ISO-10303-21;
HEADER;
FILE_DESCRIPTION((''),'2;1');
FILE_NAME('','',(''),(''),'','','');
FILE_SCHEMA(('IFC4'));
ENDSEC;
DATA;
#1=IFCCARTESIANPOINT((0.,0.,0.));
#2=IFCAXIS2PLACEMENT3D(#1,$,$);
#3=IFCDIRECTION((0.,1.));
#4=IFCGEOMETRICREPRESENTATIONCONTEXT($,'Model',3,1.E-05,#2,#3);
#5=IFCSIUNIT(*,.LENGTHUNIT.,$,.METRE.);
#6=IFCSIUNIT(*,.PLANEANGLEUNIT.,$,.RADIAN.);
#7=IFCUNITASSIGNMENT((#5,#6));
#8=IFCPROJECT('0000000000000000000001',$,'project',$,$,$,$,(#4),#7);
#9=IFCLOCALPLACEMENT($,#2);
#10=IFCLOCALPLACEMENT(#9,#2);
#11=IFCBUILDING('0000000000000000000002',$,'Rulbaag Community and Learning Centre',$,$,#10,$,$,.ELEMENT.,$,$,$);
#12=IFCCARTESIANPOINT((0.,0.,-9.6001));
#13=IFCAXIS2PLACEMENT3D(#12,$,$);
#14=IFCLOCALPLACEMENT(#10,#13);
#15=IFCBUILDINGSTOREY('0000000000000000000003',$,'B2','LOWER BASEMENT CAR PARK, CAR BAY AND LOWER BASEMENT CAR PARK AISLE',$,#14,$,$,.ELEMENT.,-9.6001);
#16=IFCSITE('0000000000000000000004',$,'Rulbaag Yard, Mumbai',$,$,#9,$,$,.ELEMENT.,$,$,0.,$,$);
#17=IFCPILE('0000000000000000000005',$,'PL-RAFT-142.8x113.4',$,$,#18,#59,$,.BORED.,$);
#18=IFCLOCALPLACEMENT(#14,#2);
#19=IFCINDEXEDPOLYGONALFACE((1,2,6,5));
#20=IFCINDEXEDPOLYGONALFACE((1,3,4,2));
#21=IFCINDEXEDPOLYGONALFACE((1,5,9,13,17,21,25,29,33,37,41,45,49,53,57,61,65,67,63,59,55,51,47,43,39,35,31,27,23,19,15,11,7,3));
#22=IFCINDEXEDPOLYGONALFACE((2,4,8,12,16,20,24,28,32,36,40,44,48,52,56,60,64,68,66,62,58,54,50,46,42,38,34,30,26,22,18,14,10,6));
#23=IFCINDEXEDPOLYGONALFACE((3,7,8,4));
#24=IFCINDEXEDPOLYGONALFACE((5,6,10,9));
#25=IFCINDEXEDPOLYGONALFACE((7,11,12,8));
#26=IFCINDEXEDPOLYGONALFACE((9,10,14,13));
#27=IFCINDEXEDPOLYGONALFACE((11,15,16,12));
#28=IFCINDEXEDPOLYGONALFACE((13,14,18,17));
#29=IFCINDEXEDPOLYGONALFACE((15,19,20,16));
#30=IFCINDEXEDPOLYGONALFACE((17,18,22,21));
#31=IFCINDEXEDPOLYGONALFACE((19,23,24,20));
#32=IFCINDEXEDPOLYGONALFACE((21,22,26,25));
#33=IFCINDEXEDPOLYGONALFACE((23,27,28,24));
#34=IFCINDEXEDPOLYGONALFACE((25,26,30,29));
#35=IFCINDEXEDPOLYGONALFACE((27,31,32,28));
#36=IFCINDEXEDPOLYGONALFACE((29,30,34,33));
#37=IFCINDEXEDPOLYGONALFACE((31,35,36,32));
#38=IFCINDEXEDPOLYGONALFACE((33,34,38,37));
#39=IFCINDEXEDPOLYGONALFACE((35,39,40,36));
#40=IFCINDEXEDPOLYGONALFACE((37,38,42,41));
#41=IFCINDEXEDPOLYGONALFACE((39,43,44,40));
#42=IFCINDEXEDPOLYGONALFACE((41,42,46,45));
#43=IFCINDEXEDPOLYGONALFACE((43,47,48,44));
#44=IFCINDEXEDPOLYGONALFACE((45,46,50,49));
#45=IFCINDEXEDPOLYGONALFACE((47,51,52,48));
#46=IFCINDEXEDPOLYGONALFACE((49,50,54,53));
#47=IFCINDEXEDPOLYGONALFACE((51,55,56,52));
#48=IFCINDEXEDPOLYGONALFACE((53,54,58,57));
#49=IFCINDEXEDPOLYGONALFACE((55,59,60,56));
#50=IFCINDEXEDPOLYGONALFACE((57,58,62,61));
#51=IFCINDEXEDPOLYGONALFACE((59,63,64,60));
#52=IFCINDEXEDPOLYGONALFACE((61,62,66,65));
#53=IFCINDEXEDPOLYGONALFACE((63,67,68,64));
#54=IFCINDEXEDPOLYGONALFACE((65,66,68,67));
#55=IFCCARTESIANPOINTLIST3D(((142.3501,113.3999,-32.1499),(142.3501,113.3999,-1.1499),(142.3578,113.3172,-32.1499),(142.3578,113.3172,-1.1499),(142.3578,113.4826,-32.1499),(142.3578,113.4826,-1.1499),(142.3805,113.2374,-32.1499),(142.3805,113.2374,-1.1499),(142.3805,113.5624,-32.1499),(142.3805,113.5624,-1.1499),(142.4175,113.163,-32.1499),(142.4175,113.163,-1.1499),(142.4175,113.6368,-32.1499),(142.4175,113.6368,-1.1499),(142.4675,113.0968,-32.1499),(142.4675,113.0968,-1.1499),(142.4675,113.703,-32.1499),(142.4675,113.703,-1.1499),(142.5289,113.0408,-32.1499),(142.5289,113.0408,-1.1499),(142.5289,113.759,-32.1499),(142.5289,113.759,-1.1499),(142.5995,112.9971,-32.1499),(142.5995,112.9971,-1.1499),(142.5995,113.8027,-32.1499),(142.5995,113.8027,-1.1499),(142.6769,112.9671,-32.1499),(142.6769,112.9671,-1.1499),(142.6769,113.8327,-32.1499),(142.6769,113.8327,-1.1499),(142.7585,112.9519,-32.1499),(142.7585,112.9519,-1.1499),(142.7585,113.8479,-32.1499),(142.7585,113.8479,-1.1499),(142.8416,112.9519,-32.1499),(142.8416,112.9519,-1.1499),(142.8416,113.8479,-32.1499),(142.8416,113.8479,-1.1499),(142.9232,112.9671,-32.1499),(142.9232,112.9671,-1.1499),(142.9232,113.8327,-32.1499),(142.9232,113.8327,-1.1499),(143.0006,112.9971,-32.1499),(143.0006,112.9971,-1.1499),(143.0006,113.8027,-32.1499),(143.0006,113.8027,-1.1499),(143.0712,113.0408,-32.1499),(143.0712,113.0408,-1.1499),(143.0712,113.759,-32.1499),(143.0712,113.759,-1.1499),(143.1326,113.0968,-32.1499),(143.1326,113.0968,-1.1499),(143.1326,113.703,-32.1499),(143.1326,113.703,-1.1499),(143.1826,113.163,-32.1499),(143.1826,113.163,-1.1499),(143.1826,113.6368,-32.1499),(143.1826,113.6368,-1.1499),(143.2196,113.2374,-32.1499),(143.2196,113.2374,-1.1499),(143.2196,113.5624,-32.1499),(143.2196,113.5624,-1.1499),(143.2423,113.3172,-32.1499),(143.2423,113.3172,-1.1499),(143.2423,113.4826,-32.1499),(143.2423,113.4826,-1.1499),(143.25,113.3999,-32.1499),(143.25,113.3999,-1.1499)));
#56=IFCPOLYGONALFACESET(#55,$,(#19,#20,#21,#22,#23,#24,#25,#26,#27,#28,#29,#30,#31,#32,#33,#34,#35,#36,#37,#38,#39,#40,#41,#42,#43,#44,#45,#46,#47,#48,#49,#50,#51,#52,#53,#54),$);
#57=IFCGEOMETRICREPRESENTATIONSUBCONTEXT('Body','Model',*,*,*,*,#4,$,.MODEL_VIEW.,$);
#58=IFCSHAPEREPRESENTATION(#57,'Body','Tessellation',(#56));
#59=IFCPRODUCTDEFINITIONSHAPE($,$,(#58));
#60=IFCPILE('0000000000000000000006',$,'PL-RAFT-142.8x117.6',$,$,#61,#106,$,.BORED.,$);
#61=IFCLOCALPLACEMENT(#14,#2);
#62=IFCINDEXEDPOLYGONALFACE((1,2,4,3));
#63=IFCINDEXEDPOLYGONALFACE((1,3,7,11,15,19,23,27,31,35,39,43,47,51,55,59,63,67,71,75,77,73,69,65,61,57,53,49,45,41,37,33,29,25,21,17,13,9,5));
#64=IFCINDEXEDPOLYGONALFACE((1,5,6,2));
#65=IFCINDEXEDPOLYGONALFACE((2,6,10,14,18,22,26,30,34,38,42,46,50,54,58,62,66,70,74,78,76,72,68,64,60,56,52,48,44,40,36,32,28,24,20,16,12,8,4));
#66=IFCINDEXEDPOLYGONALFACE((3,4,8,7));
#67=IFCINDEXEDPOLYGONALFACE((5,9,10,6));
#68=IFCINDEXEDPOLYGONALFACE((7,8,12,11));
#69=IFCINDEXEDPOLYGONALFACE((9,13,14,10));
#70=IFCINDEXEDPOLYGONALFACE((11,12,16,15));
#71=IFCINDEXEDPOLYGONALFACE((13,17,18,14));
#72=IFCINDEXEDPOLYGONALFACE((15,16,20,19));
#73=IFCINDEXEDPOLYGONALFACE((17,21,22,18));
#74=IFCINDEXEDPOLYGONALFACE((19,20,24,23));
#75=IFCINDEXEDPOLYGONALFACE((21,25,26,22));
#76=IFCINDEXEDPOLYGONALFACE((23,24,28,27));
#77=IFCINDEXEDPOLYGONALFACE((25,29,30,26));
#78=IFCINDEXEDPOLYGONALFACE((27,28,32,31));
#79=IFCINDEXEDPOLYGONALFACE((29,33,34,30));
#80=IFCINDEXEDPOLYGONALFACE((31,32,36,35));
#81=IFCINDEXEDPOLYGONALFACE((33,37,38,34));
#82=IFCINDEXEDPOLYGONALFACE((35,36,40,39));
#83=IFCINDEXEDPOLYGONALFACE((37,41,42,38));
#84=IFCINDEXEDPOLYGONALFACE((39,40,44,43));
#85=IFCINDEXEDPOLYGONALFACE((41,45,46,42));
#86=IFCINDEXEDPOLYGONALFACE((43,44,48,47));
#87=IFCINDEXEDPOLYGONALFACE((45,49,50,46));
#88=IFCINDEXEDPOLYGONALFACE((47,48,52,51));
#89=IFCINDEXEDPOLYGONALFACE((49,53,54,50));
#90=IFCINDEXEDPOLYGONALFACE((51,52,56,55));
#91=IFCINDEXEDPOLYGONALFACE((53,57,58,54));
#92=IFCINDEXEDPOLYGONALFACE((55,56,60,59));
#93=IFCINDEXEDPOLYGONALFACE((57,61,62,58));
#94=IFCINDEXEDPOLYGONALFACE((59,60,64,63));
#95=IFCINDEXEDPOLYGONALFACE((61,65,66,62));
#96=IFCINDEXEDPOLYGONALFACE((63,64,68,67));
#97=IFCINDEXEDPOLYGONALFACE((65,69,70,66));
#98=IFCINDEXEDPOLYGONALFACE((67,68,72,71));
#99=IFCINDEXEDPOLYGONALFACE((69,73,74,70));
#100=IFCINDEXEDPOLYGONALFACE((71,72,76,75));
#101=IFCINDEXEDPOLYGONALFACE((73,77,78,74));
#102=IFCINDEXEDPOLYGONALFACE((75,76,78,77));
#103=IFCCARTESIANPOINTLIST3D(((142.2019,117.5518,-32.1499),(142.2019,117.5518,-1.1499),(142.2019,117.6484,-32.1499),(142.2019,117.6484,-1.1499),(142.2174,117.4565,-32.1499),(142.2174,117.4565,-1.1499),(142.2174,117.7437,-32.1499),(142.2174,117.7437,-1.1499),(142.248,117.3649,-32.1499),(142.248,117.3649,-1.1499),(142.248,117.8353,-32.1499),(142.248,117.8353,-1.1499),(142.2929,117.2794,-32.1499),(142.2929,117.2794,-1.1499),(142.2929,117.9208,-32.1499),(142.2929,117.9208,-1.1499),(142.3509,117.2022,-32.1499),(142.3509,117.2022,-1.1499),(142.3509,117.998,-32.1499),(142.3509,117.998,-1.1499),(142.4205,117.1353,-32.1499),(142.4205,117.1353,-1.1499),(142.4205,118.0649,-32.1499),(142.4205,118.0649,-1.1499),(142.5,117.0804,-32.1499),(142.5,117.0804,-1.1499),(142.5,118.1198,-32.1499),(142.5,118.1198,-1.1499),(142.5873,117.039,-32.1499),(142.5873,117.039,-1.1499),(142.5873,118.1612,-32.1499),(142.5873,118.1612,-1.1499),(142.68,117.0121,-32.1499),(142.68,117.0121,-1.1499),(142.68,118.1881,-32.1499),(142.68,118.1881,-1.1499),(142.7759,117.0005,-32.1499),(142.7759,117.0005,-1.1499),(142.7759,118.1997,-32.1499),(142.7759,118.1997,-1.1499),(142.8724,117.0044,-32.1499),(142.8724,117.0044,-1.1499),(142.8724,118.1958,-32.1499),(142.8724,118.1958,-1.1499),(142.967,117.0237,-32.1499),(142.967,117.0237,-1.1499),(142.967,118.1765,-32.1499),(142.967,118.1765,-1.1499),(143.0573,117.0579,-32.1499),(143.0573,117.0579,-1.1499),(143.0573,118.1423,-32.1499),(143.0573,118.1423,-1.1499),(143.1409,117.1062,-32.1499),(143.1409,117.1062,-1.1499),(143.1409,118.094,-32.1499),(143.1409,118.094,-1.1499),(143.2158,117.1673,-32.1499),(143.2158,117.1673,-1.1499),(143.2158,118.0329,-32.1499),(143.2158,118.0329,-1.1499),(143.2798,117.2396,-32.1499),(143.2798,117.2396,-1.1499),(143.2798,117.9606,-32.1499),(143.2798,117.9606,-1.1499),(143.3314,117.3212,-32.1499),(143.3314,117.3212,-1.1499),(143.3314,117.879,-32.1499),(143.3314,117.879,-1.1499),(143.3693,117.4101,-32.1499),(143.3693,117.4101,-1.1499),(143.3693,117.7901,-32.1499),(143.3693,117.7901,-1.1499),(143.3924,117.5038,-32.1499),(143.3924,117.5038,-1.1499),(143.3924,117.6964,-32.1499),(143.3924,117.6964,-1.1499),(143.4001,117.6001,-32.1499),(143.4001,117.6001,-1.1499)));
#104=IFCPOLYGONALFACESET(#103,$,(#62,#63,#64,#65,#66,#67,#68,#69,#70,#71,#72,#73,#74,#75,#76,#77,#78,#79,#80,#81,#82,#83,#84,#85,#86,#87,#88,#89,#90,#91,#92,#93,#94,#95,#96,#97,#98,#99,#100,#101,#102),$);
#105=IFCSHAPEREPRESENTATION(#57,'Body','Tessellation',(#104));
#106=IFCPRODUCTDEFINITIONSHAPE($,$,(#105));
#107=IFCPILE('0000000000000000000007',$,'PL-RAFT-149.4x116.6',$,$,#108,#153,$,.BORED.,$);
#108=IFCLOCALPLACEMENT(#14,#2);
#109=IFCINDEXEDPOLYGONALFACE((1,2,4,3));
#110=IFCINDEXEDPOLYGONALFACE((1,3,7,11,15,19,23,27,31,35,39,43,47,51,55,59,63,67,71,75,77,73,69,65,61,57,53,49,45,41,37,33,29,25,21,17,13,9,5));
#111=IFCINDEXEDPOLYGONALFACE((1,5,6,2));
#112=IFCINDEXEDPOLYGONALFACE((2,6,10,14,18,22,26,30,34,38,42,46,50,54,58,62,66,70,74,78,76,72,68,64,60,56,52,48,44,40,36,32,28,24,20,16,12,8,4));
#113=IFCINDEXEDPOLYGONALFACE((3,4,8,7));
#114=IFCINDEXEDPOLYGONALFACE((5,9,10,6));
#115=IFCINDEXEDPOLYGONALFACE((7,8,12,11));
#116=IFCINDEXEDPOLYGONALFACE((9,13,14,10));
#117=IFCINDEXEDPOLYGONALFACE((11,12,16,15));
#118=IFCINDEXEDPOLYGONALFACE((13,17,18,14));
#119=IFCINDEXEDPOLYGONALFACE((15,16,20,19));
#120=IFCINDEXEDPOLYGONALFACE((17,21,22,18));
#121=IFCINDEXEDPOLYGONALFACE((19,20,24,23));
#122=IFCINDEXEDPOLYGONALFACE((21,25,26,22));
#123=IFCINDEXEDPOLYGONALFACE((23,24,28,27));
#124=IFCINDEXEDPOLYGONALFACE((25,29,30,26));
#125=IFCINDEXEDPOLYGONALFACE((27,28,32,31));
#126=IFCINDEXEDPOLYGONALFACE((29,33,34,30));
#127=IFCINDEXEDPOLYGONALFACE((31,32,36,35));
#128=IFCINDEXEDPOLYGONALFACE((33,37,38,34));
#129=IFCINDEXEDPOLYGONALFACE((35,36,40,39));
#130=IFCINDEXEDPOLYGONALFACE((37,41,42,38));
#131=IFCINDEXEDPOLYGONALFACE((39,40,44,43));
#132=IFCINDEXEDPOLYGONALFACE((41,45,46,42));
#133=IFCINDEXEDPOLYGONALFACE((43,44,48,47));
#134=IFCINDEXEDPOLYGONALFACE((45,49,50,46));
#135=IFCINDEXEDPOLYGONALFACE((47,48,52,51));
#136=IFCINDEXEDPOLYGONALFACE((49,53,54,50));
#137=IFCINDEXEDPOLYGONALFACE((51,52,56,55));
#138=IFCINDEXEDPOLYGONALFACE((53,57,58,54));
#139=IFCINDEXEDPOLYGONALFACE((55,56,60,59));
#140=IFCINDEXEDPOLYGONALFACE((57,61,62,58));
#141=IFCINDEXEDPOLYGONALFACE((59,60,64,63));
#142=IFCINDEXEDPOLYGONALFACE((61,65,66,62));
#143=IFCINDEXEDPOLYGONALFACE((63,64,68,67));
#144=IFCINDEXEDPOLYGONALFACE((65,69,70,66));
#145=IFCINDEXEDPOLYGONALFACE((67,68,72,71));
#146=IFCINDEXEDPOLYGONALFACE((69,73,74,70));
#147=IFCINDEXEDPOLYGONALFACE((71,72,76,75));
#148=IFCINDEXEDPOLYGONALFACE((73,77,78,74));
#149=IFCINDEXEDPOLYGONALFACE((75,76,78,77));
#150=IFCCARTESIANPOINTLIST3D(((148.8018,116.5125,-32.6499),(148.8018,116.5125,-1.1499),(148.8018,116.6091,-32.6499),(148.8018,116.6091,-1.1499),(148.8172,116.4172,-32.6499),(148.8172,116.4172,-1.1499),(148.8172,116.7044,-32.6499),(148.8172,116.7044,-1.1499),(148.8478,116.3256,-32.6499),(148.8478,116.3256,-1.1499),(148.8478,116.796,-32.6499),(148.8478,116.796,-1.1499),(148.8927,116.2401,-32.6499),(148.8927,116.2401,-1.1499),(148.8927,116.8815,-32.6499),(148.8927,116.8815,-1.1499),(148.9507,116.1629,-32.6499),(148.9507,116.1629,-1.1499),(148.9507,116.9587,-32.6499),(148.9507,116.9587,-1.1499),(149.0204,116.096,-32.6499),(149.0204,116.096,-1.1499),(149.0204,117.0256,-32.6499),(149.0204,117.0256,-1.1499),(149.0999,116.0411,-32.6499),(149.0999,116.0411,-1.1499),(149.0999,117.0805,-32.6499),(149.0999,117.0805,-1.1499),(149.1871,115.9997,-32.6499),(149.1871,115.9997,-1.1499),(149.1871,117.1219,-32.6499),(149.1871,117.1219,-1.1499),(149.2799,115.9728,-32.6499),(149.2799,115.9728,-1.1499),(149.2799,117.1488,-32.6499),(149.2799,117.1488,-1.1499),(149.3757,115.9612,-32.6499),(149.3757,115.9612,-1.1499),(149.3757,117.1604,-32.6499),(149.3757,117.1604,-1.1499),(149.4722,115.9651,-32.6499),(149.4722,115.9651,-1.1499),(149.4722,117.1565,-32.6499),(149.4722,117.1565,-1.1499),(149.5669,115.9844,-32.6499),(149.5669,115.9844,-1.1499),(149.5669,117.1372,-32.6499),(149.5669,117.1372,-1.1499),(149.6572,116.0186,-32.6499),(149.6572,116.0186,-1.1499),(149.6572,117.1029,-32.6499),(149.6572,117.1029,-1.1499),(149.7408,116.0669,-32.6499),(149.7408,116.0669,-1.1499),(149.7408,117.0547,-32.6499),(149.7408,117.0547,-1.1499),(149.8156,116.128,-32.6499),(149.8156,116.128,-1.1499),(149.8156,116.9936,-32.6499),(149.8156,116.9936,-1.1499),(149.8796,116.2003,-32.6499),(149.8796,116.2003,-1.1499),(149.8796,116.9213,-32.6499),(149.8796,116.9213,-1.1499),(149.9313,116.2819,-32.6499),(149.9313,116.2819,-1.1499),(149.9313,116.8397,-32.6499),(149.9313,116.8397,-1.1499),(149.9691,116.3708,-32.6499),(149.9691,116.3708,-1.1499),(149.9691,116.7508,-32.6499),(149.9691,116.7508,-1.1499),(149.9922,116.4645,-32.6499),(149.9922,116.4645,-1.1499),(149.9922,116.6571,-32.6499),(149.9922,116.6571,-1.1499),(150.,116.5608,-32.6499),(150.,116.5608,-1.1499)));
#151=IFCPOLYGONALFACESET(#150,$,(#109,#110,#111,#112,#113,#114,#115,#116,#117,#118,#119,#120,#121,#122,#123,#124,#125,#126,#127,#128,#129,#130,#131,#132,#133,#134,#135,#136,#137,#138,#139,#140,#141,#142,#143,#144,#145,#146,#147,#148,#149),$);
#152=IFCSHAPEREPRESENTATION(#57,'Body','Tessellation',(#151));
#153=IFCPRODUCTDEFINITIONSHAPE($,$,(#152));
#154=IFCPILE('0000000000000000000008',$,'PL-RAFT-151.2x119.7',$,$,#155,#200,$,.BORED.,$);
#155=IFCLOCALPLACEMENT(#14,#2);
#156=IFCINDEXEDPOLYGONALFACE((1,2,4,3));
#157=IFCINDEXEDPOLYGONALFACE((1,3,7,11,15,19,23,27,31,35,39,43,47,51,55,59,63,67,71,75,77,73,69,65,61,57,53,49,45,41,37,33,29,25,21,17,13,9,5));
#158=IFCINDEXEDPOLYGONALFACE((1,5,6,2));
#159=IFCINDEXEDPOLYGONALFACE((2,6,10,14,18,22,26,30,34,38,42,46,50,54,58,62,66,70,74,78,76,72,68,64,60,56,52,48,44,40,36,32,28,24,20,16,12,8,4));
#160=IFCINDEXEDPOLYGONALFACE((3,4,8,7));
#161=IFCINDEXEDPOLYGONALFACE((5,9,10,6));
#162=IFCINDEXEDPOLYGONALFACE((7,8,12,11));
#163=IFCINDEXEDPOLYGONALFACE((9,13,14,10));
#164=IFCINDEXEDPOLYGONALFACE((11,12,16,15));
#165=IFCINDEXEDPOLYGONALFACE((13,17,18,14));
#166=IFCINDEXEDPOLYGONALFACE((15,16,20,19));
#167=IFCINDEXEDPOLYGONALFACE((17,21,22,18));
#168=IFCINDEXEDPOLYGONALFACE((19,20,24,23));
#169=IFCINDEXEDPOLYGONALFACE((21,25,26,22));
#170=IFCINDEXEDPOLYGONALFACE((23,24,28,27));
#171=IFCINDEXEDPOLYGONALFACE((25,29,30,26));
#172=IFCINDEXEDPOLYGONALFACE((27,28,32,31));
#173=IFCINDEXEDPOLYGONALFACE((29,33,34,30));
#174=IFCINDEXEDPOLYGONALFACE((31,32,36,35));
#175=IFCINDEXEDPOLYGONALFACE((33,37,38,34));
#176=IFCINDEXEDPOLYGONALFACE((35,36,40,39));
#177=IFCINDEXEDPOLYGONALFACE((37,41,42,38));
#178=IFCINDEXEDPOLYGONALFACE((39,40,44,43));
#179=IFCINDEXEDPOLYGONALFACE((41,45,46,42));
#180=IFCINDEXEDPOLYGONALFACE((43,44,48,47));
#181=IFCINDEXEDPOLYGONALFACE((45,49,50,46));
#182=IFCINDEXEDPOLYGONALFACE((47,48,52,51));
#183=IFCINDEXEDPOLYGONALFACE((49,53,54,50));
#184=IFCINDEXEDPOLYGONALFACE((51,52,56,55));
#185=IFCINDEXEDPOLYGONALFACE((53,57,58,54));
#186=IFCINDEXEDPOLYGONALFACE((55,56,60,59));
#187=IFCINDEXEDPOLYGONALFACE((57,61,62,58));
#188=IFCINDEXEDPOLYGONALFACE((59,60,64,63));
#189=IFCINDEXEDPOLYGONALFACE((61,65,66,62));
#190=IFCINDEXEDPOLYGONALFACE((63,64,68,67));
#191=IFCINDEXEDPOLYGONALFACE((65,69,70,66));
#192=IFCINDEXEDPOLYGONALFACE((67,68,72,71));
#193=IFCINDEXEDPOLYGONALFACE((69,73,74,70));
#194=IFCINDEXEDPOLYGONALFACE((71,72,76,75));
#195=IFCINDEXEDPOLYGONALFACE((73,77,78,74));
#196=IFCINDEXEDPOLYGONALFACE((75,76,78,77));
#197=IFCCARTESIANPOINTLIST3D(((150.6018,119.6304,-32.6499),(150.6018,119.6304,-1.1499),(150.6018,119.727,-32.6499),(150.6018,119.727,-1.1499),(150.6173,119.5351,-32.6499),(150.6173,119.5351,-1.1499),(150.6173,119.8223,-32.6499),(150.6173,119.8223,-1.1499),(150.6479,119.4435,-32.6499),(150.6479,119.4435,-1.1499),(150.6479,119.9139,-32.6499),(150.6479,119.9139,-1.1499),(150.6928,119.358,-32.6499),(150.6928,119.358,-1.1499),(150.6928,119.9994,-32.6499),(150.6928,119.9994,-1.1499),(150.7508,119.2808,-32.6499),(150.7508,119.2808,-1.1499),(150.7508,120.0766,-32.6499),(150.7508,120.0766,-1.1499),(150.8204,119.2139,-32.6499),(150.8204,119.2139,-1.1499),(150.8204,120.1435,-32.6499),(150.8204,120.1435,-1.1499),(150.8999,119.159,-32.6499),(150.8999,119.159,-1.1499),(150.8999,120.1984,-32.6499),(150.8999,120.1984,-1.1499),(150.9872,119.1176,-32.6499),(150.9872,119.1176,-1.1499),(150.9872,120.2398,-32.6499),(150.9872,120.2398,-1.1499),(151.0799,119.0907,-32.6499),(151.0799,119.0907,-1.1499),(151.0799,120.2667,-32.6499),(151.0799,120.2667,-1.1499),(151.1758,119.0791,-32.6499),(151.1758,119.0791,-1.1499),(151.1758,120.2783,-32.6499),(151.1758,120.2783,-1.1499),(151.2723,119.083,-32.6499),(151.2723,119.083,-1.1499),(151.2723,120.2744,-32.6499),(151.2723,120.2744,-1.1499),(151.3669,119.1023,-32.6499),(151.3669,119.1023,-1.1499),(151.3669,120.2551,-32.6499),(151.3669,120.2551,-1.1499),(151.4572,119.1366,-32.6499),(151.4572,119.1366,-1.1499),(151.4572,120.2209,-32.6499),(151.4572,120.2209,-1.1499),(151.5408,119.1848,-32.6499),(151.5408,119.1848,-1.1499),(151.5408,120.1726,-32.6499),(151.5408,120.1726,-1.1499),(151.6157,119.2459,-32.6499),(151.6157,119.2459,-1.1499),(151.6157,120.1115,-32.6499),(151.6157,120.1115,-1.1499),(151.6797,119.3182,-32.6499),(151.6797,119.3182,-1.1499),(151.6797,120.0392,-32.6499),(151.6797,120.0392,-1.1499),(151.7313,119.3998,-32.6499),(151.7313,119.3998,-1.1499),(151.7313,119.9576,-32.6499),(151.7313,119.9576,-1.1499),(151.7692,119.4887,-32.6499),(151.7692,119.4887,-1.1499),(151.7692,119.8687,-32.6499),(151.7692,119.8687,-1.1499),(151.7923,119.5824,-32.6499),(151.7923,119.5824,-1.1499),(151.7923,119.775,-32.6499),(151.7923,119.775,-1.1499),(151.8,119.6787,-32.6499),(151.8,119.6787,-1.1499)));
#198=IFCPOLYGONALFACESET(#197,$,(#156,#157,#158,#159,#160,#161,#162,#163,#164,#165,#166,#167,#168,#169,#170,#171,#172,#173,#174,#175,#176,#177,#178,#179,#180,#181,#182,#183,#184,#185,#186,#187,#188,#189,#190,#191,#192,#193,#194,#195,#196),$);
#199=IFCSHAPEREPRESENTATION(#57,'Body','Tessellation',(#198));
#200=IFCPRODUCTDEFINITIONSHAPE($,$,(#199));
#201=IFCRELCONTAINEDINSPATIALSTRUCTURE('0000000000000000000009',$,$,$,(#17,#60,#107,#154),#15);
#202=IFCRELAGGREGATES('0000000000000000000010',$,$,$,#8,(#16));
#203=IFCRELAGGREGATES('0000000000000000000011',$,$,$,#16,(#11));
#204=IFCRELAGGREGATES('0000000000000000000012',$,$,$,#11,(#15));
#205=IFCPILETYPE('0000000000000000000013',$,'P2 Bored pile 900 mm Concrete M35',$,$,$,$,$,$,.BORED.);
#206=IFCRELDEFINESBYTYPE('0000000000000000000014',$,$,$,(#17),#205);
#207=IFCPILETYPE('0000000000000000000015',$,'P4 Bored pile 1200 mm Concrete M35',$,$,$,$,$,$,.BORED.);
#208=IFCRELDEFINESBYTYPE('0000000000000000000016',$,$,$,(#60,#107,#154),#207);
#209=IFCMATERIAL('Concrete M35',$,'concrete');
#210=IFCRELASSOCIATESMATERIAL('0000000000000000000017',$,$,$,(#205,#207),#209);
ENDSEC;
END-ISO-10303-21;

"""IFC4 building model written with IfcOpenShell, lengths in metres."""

from ifc_helpers import new_model, si_unit, direction, frame, origin, origin_2d, place, context, subcontext, project, spatial, circle, extrude, material, material_profile, profile_set, type_object, element, save


model = new_model("IFC4")

# Units and contexts
model_context = context("Model", 3, precision=1e-05, world=origin(), true_north=direction((0.0, 1.0)))
body_context = subcontext(model_context, "Body", "Model", "MODEL_VIEW")
ifc_project = project(units=[si_unit("LENGTHUNIT", "METRE"), si_unit("PLANEANGLEUNIT", "RADIAN")], contexts=[model_context])

# Site, building, storey
site_placement = place(None, origin())
site = spatial("IfcSite", under=ifc_project, at=site_placement, Name="Rulbaag Yard, Mumbai", CompositionType="ELEMENT", RefElevation=0.0)
building_placement = place(site_placement, origin())
building = spatial("IfcBuilding", under=site, at=building_placement, Name="Rulbaag Community and Learning Centre", CompositionType="ELEMENT")
storey_placement = place(building_placement, frame((0.0, 0.0, -9.6001)))
storey = spatial("IfcBuildingStorey", under=building, at=storey_placement, Name="B2", Description="LOWER BASEMENT CAR PARK, CAR BAY AND LOWER BASEMENT CAR PARK AISLE", CompositionType="ELEMENT", Elevation=-9.6001)

# Piles
ifc_material_1 = material(Name="Concrete M35", Category="concrete")
ifc_material_profile_1 = material_profile(ifc_material_1, circle(Radius=0.45, at=origin_2d()), Name="BP900")
ifc_profile_set_1 = profile_set([ifc_material_profile_1], Name="Concrete M35")
pile_type_1 = type_object("IfcPileType", Name="P2 Bored pile 900 mm Concrete M35", PredefinedType="BORED", material=ifc_profile_set_1)
pile_1_placement = place(storey_placement, frame((142.8, 113.3999, -1.1499), z_axis=(0.0, 0.0, -1.0), x_axis=(1.0, 0.0, 0.0)))
element("IfcPile", 1, at=pile_1_placement, inside=storey, type_object=pile_type_1, Name="PL-RAFT-142.8x113.4", PredefinedType="BORED", context=body_context, shape_type="SweptSolid", body=[
    extrude(circle(Radius=0.45, at=origin_2d()), origin(), (0.0, 0.0, 1.0), 31.0),
])
ifc_material_profile_2 = material_profile(ifc_material_1, circle(Radius=0.6001, at=origin_2d()), Name="BP1200")
ifc_profile_set_2 = profile_set([ifc_material_profile_2], Name="Concrete M35")
pile_type_2 = type_object("IfcPileType", Name="P4 Bored pile 1200 mm Concrete M35", PredefinedType="BORED", material=ifc_profile_set_2)
pile_2_placement = place(storey_placement, frame((142.8, 117.6001, -1.1499), z_axis=(0.0, 0.0, -1.0), x_axis=(1.0, 0.0, 0.0)))
element("IfcPile", 2, at=pile_2_placement, inside=storey, type_object=pile_type_2, Name="PL-RAFT-142.8x117.6", PredefinedType="BORED", context=body_context, shape_type="SweptSolid", body=[
    extrude(circle(Radius=0.6001, at=origin_2d()), origin(), (0.0, 0.0, 1.0), 31.0),
])
for number, where, z_axis, x_axis, name in (
    (3, (149.3999, 116.5608, -1.1499), (0.0, 0.0, -1.0), (1.0, 0.0, 0.0), "PL-RAFT-149.4x116.6"),
    (4, (151.2, 119.6787, -1.1499), (0.0, 0.0, -1.0), (1.0, 0.0, 0.0), "PL-RAFT-151.2x119.7"),
):
    element("IfcPile", number, at=place(storey_placement, frame(where, z_axis=z_axis, x_axis=x_axis)), inside=storey, type_object=pile_type_2, Name=name, PredefinedType="BORED", context=body_context, shape_type="SweptSolid", body=[
        extrude(circle(Radius=0.6001, at=origin_2d()), origin(), (0.0, 0.0, 1.0), 31.5),
    ])

save(model, "model.ifc")
